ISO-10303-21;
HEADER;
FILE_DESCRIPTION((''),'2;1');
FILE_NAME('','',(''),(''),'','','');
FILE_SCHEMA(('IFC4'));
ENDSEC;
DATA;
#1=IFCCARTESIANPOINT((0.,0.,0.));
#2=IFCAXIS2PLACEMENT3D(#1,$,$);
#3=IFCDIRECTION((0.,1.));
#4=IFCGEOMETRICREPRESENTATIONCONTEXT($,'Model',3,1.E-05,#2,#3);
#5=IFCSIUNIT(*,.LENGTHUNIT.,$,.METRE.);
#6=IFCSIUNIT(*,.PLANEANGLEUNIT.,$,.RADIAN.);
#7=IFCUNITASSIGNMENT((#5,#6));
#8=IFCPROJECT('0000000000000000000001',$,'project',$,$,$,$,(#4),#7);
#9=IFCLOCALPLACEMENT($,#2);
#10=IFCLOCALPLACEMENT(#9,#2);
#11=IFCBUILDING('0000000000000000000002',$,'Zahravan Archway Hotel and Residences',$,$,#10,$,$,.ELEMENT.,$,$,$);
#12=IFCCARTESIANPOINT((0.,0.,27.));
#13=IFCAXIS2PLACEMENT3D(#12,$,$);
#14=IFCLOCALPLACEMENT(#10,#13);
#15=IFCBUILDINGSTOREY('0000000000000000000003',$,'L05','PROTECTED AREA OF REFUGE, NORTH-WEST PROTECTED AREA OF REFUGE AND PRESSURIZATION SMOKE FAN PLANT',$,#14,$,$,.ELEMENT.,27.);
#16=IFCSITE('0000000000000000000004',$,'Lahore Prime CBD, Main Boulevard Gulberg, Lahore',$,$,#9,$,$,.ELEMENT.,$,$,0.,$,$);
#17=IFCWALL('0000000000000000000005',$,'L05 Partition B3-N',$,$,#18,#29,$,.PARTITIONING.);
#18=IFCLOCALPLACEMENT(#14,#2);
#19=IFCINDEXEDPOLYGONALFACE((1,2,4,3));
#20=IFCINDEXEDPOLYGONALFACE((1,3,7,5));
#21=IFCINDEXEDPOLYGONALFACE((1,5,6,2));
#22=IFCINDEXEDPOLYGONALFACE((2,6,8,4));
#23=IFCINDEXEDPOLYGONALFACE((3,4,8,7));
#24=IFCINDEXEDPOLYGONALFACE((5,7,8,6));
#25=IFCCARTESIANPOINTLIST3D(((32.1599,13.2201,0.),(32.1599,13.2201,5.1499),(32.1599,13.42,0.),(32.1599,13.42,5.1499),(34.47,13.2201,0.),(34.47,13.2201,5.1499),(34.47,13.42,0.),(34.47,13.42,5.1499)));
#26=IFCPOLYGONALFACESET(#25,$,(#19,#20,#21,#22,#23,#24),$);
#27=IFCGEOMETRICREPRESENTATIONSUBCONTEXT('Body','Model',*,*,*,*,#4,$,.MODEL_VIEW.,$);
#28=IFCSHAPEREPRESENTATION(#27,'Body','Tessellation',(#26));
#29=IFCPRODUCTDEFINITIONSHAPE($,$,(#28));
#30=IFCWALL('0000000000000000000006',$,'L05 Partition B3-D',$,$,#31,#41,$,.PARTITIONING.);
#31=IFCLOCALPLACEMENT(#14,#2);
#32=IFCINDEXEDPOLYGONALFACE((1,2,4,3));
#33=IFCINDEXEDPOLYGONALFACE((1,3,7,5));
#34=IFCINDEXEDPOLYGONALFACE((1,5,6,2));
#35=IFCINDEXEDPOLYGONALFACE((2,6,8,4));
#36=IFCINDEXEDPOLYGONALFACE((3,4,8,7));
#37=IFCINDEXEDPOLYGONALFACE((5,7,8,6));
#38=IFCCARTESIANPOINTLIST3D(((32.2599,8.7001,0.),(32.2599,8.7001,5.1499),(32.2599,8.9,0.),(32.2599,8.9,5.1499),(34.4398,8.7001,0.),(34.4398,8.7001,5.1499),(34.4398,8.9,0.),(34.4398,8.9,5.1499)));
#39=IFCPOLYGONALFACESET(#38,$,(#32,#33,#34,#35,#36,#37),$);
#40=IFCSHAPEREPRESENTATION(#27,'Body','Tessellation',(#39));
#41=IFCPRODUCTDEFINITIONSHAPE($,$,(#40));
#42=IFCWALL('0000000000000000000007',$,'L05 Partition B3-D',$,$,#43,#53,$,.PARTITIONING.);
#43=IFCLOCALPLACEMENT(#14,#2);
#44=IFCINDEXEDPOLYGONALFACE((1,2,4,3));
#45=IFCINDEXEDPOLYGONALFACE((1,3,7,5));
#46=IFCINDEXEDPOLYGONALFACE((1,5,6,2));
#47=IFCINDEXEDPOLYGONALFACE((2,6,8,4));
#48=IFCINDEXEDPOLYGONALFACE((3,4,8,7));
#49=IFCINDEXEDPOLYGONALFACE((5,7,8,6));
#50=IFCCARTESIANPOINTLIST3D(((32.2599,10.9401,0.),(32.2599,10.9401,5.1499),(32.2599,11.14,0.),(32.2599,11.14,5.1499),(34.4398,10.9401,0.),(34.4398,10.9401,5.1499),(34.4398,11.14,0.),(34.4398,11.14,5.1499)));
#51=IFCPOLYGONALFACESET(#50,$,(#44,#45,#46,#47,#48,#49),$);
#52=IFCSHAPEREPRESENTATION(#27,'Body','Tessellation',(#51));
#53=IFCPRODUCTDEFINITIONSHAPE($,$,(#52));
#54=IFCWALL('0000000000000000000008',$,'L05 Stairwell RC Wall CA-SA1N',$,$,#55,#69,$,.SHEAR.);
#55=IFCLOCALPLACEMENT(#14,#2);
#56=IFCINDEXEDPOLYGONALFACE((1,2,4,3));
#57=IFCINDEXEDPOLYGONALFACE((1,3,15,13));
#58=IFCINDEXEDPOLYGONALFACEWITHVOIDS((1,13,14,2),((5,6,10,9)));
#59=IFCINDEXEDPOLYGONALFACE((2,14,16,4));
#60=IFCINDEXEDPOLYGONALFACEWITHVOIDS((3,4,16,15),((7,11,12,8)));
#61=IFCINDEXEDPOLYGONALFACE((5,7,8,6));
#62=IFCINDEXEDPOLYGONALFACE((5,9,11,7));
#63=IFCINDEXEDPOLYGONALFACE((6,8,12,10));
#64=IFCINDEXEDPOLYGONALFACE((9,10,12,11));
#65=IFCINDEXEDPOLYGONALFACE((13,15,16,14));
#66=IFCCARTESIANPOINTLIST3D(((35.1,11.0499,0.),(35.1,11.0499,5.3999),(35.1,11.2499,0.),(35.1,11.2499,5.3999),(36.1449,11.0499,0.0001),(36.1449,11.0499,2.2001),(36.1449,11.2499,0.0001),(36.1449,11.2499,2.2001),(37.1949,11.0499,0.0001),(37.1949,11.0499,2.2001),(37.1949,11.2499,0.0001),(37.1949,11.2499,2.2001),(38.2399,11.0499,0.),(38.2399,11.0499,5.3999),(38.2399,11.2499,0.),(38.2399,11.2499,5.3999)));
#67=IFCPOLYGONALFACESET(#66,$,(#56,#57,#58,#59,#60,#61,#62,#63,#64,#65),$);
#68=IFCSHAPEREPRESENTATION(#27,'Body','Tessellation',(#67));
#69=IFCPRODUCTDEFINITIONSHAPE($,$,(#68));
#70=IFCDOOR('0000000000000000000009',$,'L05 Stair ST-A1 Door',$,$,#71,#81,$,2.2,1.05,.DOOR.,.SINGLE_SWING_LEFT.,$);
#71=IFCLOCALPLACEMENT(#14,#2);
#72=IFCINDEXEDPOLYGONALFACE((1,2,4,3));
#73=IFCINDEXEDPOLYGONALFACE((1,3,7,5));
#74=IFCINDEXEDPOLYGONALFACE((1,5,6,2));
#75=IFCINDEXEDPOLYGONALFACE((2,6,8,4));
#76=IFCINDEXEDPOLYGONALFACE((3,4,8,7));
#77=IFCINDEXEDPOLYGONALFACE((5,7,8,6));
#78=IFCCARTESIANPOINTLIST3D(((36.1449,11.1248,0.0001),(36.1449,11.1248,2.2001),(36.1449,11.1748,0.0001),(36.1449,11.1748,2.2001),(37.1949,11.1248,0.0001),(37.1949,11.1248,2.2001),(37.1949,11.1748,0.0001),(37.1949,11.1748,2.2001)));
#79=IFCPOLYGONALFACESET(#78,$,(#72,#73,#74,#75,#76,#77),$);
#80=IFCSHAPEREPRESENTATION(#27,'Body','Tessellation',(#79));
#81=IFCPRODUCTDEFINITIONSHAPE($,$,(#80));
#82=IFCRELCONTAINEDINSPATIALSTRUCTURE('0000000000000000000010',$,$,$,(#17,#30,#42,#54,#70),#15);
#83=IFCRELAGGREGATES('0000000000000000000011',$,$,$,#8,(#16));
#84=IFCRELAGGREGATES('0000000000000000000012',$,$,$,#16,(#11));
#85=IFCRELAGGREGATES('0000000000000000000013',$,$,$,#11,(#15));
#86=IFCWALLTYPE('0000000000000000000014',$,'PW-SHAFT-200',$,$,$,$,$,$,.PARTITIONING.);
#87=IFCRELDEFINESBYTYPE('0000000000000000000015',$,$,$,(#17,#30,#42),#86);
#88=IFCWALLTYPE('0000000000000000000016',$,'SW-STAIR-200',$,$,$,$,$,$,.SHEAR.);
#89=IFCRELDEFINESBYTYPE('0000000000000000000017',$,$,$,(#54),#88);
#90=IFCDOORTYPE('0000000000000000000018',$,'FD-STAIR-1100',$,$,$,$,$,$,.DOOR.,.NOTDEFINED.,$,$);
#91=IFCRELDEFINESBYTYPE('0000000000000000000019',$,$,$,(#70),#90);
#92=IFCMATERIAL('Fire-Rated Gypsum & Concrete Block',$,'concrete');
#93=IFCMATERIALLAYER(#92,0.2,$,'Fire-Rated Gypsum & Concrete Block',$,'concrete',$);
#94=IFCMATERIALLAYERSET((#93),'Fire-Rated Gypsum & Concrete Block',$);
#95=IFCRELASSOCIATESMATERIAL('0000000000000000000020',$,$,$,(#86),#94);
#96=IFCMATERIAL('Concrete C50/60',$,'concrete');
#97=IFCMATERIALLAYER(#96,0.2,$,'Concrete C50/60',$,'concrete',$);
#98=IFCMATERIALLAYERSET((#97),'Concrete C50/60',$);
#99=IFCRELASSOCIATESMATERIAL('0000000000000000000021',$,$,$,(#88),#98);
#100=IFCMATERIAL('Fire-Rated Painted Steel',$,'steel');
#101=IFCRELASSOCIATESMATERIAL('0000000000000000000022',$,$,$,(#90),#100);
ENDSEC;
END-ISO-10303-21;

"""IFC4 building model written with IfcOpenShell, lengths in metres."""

from ifc_helpers import new_model, si_unit, direction, frame, frame_2d, origin, place, context, subcontext, project, spatial, rectangle, extrude, source, transform, mapped, material, layer, layer_set, type_object, type_shapes, element, fill, save


model = new_model("IFC4")

# Units and contexts
model_context = context("Model", 3, precision=1e-05, world=origin(), true_north=direction((0.0, 1.0)))
body_context = subcontext(model_context, "Body", "Model", "MODEL_VIEW")
ifc_project = project(units=[si_unit("LENGTHUNIT", "METRE"), si_unit("PLANEANGLEUNIT", "RADIAN")], contexts=[model_context])

# Site, building, storey
site_placement = place(None, origin())
site = spatial("IfcSite", under=ifc_project, at=site_placement, Name="Lahore Prime CBD, Main Boulevard Gulberg, Lahore", CompositionType="ELEMENT", RefElevation=0.0)
building_placement = place(site_placement, origin())
building = spatial("IfcBuilding", under=site, at=building_placement, Name="Zahravan Archway Hotel and Residences", CompositionType="ELEMENT")
storey_placement = place(building_placement, frame((0.0, 0.0, 27.0)))
storey = spatial("IfcBuildingStorey", under=building, at=storey_placement, Name="L05", Description="PROTECTED AREA OF REFUGE, NORTH-WEST PROTECTED AREA OF REFUGE AND PRESSURIZATION SMOKE FAN PLANT", CompositionType="ELEMENT", Elevation=27.0)

# Walls
ifc_material_1 = material(Name="Fire-Rated Gypsum & Concrete Block", Category="concrete")
ifc_layer_1 = layer(ifc_material_1, 0.2, Name="Fire-Rated Gypsum & Concrete Block", Category="concrete")
ifc_layer_set_1 = layer_set([ifc_layer_1], Name="Fire-Rated Gypsum & Concrete Block")
wall_type_1 = type_object("IfcWallType", Name="PW-SHAFT-200", PredefinedType="PARTITIONING", material=ifc_layer_set_1)
wall_1_placement = place(storey_placement, frame((32.1599, 13.3201, 0.0), z_axis=(0.0, 0.0, 1.0), x_axis=(1.0, 0.0, 0.0)))
element("IfcWall", 1, at=wall_1_placement, inside=storey, type_object=wall_type_1, Name="L05 Partition B3-N", PredefinedType="PARTITIONING", context=body_context, shape_type="SweptSolid", body=[
    extrude(rectangle(XDim=2.3101, YDim=0.2, at=frame_2d((1.155, 0.0))), origin(), (0.0, 0.0, 1.0), 5.1499),
])
for number, where, z_axis, x_axis, name in (
    (2, (32.26, 8.8, 0.0), (0.0, 0.0, 1.0), (1.0, 0.0, 0.0), "L05 Partition B3-D"),
    (3, (32.26, 11.04, 0.0), (0.0, 0.0, 1.0), (1.0, 0.0, 0.0), "L05 Partition B3-D"),
):
    element("IfcWall", number, at=place(storey_placement, frame(where, z_axis=z_axis, x_axis=x_axis)), inside=storey, type_object=wall_type_1, Name=name, PredefinedType="PARTITIONING", context=body_context, shape_type="SweptSolid", body=[
        extrude(rectangle(XDim=2.1799, YDim=0.2, at=frame_2d((1.0898, 0.0))), origin(), (0.0, 0.0, 1.0), 5.1499),
    ])

# Wall, opening, door
ifc_material_2 = material(Name="Concrete C50/60", Category="concrete")
ifc_layer_2 = layer(ifc_material_2, 0.2, Name="Concrete C50/60", Category="concrete")
ifc_layer_set_2 = layer_set([ifc_layer_2], Name="Concrete C50/60")
wall_type_2 = type_object("IfcWallType", Name="SW-STAIR-200", PredefinedType="SHEAR", material=ifc_layer_set_2)
wall_2_placement = place(storey_placement, frame((35.1001, 11.1499, 0.0), z_axis=(0.0, 0.0, 1.0), x_axis=(1.0, 0.0, 0.0)))
wall_2 = element("IfcWall", 4, at=wall_2_placement, inside=storey, type_object=wall_type_2, Name="L05 Stairwell RC Wall CA-SA1N", PredefinedType="SHEAR", context=body_context, shape_type="SweptSolid", body=[
    extrude(rectangle(XDim=3.1399, YDim=0.2, at=frame_2d((1.5698, 0.0))), origin(), (0.0, 0.0, 1.0), 5.3999),
])
opening_placement = place(wall_2_placement, frame((1.0449, 0.0, 0.0)))
opening = element("IfcOpeningElement", 5, at=opening_placement, cuts=wall_2, PredefinedType="OPENING", context=body_context, shape_type="SweptSolid", body=[
    extrude(rectangle(XDim=1.05, YDim=2.2, at=frame_2d((0.5249, 1.1001))), frame((0.0, 0.1099, 0.0), z_axis=(0.0, -1.0, 0.0), x_axis=(1.0, 0.0, 0.0)), (0.0, 0.0, 1.0), 0.22),
])
ifc_material_3 = material(Name="Fire-Rated Painted Steel", Category="steel")
door_type = type_object("IfcDoorType", Name="FD-STAIR-1100", OperationType="NOTDEFINED", PredefinedType="DOOR", material=ifc_material_3)
shared_shape_1 = source(origin(), body_context, "Body", "SweptSolid", [
    extrude(rectangle(XDim=1.05, YDim=2.2, at=frame_2d((0.5249, 1.1001))), frame((0.0, 0.0249, 0.0), z_axis=(0.0, -1.0, 0.0), x_axis=(1.0, 0.0, 0.0)), (0.0, 0.0, 1.0), 0.05),
])
type_shapes(door_type, [shared_shape_1])
door_placement = place(opening_placement, origin())
door = element("IfcDoor", 6, at=door_placement, inside=storey, type_object=door_type, Name="L05 Stair ST-A1 Door", OperationType="SINGLE_SWING_LEFT", OverallHeight=2.2, OverallWidth=1.05, PredefinedType="DOOR", context=body_context, shape_type="MappedRepresentation", body=[
    mapped(shared_shape_1, transform((0.0, 0.0, 0.0), scale=1.0)),
])
fill(opening, door)

save(model, "model.ifc")
